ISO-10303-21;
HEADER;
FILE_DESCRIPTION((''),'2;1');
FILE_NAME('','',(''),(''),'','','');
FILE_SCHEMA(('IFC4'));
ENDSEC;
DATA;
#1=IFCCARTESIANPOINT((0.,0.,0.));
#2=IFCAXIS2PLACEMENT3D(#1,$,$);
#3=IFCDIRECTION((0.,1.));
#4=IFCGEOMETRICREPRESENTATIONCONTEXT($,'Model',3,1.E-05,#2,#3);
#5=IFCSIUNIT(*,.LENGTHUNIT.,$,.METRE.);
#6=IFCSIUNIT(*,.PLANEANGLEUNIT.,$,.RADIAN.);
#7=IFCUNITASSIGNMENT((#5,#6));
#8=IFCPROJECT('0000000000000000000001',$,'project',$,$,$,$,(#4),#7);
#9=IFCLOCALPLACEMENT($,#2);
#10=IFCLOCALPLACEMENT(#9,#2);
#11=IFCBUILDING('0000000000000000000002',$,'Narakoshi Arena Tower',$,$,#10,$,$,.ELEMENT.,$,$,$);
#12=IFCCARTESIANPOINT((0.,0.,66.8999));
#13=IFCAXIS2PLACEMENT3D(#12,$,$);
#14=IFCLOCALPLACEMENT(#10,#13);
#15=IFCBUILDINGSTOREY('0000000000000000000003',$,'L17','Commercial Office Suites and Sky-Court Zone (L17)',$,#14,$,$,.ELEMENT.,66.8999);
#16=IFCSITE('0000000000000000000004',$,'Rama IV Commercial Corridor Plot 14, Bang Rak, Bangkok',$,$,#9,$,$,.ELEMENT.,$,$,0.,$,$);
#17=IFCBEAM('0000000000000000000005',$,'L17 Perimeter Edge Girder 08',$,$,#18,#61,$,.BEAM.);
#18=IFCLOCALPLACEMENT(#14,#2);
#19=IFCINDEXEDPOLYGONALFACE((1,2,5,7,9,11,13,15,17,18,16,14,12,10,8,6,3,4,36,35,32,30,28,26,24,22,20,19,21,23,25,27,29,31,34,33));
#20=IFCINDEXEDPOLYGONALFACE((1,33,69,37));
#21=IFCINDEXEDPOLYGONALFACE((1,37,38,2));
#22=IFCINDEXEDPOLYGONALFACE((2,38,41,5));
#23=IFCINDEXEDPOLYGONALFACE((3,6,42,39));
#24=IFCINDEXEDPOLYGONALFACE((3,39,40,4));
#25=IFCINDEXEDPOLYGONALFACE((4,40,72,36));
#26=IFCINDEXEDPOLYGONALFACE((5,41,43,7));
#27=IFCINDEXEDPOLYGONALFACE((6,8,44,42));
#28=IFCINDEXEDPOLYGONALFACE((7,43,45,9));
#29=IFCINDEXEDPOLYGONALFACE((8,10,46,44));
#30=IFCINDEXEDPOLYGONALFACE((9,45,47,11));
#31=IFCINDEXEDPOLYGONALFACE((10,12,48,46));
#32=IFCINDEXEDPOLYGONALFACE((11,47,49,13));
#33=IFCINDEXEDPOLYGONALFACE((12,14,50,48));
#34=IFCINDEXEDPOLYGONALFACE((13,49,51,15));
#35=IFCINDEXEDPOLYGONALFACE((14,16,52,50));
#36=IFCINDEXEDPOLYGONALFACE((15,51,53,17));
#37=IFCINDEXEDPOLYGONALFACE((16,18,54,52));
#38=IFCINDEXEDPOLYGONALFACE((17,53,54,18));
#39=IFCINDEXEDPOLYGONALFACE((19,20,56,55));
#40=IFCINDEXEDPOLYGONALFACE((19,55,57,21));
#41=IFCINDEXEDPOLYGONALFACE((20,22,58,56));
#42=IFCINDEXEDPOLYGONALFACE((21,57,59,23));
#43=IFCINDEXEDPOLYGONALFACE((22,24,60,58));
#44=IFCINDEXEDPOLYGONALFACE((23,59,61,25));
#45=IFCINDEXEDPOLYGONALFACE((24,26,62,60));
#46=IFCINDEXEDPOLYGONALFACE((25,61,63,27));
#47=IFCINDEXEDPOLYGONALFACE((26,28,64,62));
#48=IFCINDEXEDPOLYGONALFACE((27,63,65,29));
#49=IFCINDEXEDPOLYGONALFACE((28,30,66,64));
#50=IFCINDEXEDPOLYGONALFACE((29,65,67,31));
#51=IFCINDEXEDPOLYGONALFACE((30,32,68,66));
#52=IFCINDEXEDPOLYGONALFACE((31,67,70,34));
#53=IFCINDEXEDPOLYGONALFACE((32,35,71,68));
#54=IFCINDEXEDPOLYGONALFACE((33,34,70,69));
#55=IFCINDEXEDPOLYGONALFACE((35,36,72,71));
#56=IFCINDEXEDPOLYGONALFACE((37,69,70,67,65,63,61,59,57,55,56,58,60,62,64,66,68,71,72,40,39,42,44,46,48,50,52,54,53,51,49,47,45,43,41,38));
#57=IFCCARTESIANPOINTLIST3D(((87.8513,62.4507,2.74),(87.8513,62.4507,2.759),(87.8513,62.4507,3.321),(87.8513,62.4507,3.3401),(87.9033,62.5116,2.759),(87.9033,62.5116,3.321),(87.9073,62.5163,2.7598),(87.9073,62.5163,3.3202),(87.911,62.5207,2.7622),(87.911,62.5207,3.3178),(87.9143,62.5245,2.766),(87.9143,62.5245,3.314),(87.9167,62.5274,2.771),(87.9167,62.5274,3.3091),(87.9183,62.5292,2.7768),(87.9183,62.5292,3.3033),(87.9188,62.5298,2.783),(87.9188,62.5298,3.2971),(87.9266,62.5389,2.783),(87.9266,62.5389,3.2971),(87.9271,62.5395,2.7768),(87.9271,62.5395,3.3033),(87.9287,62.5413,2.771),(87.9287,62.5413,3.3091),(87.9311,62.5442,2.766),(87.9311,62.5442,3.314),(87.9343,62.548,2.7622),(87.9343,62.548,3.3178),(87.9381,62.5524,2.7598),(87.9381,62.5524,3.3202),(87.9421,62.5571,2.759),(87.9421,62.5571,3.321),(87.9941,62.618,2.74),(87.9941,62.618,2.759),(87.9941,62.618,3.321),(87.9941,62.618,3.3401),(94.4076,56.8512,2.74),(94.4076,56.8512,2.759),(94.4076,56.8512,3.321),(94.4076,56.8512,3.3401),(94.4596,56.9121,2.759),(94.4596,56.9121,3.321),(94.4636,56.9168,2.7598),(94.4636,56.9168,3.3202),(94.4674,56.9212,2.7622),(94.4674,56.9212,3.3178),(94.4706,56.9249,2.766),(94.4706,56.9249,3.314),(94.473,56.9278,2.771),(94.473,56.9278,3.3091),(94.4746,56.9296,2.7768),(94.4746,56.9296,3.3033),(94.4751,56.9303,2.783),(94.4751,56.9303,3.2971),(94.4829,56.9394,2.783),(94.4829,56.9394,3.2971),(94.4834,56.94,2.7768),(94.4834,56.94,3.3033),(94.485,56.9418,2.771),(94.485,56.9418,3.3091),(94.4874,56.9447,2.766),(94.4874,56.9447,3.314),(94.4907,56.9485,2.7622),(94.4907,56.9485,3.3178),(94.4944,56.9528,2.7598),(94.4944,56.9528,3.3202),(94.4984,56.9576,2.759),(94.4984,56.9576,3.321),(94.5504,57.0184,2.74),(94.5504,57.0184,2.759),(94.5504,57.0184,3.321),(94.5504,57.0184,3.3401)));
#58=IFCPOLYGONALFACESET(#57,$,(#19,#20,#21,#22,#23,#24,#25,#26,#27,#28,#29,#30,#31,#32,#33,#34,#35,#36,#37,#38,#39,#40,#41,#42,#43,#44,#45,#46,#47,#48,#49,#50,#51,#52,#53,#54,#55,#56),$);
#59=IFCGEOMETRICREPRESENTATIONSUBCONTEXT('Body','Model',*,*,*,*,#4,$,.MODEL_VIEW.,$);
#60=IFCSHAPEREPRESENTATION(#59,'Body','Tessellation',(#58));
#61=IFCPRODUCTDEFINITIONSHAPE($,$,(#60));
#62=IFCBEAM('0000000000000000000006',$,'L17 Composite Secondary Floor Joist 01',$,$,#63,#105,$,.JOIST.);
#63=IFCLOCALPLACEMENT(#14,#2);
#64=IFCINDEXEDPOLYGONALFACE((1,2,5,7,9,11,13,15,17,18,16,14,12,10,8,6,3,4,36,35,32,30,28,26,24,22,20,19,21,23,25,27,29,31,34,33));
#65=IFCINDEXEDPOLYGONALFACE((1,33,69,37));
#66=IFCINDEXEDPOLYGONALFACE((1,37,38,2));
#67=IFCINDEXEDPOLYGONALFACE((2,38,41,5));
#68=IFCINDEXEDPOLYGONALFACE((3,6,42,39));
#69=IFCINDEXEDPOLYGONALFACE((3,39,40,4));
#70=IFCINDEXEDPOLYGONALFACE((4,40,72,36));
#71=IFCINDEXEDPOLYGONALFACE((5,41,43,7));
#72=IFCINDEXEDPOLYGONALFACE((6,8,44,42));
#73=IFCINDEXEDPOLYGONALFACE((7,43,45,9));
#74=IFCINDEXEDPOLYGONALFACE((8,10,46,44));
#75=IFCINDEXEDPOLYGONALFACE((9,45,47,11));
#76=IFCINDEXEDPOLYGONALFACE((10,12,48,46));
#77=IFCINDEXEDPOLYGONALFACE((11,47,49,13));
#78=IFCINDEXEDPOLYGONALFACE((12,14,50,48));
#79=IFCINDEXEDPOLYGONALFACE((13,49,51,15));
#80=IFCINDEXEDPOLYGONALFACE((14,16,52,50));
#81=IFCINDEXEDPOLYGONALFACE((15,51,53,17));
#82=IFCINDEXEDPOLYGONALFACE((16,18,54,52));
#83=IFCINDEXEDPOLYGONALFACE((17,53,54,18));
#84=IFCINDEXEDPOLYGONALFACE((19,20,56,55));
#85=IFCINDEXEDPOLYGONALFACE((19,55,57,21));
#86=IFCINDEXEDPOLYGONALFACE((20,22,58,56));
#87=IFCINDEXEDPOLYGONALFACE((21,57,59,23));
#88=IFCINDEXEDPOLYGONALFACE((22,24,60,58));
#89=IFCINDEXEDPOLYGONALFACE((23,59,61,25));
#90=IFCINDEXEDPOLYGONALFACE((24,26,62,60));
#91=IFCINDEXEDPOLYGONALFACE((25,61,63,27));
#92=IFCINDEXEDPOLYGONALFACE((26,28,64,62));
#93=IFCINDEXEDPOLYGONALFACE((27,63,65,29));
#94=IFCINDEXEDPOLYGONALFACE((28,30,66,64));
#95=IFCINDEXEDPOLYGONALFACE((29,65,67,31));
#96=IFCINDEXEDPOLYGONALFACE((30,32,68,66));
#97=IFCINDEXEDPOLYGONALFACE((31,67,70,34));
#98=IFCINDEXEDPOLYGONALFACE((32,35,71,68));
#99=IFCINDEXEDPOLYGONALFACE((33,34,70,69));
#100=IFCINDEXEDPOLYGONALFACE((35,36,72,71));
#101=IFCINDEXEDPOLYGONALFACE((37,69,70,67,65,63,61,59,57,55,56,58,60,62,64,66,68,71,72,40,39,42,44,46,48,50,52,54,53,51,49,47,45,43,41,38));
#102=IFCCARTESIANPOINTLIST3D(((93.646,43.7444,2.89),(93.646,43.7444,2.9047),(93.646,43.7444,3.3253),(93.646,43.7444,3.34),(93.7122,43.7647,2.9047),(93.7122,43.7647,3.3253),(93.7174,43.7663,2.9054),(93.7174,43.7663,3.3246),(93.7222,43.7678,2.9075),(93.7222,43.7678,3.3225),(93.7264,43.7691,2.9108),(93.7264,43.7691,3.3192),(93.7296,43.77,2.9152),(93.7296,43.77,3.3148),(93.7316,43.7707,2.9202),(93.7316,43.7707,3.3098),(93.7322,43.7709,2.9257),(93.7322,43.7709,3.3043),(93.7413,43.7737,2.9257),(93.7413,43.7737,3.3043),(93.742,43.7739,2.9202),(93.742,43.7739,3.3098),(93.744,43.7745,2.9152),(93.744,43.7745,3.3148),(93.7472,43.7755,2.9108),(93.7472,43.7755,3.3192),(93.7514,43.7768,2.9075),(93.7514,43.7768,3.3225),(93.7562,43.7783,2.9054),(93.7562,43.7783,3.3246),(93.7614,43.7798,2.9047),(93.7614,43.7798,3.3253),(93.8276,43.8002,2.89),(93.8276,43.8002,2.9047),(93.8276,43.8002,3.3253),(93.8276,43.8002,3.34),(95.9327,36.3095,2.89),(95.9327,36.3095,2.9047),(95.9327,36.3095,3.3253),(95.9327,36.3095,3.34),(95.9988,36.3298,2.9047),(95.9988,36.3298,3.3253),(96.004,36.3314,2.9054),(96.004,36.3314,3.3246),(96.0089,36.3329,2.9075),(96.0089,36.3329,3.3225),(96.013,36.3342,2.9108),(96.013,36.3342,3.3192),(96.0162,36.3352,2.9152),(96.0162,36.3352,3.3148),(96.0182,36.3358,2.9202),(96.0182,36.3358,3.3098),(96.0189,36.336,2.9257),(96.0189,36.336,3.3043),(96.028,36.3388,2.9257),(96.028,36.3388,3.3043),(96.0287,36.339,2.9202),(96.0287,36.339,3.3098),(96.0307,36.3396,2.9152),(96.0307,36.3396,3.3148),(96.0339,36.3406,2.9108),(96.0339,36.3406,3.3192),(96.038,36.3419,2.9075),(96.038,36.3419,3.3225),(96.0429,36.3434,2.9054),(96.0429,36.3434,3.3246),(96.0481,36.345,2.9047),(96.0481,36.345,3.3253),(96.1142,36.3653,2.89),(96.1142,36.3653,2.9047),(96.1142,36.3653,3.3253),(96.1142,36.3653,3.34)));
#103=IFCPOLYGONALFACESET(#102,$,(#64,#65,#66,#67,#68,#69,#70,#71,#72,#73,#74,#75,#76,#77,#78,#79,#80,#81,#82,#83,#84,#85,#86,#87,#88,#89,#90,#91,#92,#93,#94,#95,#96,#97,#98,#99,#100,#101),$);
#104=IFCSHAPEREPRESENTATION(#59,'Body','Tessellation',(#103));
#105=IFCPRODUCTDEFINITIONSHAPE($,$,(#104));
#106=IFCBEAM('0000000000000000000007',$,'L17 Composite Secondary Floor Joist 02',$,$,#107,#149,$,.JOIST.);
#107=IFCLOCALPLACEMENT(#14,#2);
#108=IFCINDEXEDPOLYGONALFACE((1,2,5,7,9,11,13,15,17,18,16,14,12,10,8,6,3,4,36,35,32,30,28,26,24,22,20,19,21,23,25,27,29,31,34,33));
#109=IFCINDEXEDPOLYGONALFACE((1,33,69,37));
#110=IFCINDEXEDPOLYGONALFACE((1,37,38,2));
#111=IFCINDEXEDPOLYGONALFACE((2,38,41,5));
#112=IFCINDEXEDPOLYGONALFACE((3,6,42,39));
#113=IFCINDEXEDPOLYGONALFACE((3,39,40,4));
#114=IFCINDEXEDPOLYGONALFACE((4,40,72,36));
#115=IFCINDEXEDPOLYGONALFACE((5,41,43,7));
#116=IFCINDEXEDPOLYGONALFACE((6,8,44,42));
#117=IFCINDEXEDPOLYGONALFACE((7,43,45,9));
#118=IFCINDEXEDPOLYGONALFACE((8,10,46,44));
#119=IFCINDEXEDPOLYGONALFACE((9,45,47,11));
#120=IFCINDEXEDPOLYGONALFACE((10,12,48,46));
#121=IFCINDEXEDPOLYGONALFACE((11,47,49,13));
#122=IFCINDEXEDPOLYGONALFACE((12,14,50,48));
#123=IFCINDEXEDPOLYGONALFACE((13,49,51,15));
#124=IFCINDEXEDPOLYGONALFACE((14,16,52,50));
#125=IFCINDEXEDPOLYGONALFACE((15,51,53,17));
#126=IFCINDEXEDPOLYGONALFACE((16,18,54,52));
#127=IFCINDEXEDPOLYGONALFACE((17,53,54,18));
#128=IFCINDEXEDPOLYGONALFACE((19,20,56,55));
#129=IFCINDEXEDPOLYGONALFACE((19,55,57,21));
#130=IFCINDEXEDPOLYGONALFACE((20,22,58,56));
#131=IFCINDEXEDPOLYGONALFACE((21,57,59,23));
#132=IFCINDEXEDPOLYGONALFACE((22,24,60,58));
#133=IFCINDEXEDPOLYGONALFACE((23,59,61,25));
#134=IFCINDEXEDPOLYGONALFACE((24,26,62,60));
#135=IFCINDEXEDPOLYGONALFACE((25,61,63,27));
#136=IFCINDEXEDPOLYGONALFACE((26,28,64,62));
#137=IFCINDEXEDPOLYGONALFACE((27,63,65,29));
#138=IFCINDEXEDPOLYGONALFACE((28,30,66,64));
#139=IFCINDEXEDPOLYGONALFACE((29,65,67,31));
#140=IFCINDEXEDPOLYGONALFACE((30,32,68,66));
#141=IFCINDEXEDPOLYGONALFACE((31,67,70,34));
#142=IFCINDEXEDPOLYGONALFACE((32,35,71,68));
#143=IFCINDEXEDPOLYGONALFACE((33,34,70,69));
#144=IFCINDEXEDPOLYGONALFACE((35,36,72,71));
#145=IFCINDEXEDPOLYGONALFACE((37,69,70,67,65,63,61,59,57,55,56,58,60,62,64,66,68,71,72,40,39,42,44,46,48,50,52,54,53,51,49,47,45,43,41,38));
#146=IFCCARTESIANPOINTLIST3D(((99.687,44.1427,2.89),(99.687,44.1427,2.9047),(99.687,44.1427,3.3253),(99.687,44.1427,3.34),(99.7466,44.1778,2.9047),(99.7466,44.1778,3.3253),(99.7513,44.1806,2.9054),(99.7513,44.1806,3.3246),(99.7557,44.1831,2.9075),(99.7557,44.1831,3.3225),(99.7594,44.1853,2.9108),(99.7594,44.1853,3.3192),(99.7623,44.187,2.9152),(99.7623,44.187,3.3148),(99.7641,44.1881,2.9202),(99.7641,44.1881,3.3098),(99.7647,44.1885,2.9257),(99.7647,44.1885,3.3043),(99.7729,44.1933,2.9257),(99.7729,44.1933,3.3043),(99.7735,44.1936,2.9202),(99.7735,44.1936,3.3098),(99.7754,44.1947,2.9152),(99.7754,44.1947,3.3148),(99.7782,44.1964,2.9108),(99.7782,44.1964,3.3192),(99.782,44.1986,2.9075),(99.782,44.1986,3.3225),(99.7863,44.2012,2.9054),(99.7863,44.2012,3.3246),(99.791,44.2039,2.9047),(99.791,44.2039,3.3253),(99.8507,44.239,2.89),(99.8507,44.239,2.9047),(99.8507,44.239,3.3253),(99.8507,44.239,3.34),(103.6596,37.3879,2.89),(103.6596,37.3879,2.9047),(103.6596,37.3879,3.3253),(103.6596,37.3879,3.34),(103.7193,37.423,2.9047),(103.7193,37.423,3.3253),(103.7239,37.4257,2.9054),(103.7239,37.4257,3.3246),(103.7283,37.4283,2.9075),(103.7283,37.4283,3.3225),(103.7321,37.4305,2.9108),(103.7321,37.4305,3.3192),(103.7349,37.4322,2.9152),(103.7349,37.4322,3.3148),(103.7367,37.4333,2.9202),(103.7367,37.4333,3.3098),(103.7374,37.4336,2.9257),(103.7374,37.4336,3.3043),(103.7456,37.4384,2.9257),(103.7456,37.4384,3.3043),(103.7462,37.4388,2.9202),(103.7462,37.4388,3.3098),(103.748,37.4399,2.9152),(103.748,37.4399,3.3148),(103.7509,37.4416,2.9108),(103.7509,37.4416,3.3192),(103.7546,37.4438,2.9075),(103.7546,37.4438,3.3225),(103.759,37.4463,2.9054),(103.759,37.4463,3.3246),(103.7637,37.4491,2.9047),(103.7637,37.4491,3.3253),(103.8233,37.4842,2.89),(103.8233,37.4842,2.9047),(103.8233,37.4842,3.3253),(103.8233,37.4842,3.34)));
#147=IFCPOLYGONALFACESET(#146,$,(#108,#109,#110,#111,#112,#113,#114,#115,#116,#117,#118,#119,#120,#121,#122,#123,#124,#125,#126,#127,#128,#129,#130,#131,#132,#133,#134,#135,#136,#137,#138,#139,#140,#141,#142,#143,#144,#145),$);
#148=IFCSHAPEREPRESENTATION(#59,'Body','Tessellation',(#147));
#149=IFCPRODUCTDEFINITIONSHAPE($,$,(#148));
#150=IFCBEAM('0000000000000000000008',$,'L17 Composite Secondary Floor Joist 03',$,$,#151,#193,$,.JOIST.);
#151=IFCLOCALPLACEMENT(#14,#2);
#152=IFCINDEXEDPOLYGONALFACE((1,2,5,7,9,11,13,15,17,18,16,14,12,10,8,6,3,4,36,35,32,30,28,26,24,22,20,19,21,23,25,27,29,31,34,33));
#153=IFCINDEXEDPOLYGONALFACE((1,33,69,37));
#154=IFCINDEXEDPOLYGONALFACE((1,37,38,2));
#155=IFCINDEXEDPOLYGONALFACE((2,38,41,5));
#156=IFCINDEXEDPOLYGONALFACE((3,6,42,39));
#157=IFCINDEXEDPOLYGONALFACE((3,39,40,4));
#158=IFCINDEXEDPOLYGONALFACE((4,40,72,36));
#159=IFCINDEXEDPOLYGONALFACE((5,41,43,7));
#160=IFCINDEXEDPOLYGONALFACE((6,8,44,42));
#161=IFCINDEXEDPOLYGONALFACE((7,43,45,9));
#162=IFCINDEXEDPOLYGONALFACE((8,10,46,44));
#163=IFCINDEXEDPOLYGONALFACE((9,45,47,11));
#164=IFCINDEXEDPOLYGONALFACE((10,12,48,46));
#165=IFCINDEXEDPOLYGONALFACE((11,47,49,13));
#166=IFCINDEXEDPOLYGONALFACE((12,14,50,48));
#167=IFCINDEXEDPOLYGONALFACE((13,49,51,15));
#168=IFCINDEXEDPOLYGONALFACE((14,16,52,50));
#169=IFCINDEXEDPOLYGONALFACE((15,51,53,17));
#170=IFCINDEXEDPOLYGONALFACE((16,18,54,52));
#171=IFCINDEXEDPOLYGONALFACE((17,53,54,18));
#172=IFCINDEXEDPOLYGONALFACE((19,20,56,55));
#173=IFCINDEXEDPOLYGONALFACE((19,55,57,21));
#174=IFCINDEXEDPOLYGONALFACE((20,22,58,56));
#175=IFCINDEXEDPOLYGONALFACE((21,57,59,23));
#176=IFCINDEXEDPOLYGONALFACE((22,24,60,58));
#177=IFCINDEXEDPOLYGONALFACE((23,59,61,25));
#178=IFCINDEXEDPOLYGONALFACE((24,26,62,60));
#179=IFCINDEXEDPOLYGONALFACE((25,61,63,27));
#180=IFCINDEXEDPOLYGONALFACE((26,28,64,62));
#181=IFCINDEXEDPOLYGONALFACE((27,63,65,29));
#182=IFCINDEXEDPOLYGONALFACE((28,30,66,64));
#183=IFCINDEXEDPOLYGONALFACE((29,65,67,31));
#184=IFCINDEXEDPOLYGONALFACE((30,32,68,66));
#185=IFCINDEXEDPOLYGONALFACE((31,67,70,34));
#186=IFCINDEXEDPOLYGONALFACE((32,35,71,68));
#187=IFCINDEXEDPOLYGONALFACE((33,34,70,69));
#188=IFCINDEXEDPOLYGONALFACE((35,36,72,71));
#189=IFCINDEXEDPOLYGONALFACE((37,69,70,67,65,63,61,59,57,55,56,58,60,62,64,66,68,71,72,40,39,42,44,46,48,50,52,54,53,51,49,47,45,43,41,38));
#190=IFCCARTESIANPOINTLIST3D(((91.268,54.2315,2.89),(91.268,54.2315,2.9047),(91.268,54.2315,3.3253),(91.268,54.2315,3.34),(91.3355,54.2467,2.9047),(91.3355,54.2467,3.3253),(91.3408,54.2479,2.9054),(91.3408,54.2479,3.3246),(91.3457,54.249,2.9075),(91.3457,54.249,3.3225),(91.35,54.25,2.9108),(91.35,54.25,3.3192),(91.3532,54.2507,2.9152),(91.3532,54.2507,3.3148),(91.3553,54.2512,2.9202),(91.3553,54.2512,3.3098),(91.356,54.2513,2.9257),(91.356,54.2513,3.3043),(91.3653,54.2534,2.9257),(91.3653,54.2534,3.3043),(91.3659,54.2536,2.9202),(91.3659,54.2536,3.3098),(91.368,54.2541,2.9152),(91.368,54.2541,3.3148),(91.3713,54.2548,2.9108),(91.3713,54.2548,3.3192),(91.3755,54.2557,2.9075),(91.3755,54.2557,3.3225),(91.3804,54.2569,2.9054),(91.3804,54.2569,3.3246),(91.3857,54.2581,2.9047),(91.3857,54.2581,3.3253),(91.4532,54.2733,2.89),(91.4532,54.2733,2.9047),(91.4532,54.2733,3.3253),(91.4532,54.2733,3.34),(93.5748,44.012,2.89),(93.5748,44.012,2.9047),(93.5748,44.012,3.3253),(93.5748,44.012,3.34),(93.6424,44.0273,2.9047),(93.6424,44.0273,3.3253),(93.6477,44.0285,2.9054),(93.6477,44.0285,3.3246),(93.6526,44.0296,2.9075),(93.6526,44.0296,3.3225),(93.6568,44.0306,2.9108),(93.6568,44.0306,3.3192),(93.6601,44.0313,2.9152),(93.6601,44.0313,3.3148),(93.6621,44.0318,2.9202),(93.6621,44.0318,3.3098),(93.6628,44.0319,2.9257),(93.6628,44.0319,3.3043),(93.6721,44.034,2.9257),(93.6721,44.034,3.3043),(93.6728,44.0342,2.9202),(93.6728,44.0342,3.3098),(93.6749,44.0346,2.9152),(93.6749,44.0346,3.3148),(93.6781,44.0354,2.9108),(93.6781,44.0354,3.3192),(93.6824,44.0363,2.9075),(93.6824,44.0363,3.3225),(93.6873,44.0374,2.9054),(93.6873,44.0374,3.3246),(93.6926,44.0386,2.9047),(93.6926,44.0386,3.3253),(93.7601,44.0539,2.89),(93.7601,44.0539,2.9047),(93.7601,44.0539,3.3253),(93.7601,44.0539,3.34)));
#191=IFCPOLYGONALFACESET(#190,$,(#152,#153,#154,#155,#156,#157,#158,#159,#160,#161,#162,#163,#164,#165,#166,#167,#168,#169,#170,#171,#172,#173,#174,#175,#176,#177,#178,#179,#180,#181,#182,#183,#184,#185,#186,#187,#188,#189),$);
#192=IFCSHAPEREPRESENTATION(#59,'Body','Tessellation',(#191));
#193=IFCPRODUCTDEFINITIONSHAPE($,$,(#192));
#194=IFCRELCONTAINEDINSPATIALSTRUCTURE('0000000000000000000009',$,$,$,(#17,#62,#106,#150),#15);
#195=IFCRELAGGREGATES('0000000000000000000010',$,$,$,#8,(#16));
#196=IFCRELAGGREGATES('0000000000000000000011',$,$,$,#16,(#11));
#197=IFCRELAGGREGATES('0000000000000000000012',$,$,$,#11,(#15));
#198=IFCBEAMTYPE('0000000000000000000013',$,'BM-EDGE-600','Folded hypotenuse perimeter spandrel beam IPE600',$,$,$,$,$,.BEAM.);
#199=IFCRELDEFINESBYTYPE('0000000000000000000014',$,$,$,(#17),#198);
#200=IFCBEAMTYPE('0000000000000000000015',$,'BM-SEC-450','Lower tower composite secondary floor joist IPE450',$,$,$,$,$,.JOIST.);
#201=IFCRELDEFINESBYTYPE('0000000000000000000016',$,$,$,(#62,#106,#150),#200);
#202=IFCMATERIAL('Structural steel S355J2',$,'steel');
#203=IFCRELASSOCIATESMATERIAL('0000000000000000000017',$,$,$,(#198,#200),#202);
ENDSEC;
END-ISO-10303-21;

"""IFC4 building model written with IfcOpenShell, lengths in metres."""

from ifc_helpers import new_model, si_unit, direction, frame, origin, origin_2d, place, context, subcontext, project, spatial, i_section, extrude, material, material_profile, profile_set, type_object, element, save


model = new_model("IFC4")

# Units and contexts
model_context = context("Model", 3, precision=1e-05, world=origin(), true_north=direction((0.0, 1.0)))
body_context = subcontext(model_context, "Body", "Model", "MODEL_VIEW")
ifc_project = project(units=[si_unit("LENGTHUNIT", "METRE"), si_unit("PLANEANGLEUNIT", "RADIAN")], contexts=[model_context])

# Site, building, storey
site_placement = place(None, origin())
site = spatial("IfcSite", under=ifc_project, at=site_placement, Name="Rama IV Commercial Corridor Plot 14, Bang Rak, Bangkok", CompositionType="ELEMENT", RefElevation=0.0)
building_placement = place(site_placement, origin())
building = spatial("IfcBuilding", under=site, at=building_placement, Name="Narakoshi Arena Tower", CompositionType="ELEMENT")
storey_placement = place(building_placement, frame((0.0, 0.0, 66.8999)))
storey = spatial("IfcBuildingStorey", under=building, at=storey_placement, Name="L17", Description="Commercial Office Suites and Sky-Court Zone (L17)", CompositionType="ELEMENT", Elevation=66.8999)

# Beams
ifc_material_1 = material(Name="Structural steel S355J2", Category="steel")
ifc_material_profile_1 = material_profile(ifc_material_1, i_section(OverallWidth=0.22, OverallDepth=0.6001, WebThickness=0.012, FlangeThickness=0.019, FilletRadius=0.0239, at=origin_2d()), Name="IPE600")
ifc_profile_set_1 = profile_set([ifc_material_profile_1], Name="Structural steel S355J2")
beam_type_1 = type_object("IfcBeamType", Name="BM-EDGE-600", Description="Folded hypotenuse perimeter spandrel beam IPE600", PredefinedType="BEAM", material=ifc_profile_set_1)
beam_1_placement = place(storey_placement, frame((94.479, 56.9348, 3.04), z_axis=(-0.760411, 0.649443, 0.0), x_axis=(-0.649443, -0.760411, 0.0)))
element("IfcBeam", 1, at=beam_1_placement, inside=storey, type_object=beam_type_1, Name="L17 Perimeter Edge Girder 08", PredefinedType="BEAM", context=body_context, shape_type="SweptSolid", body=[
    extrude(i_section(OverallWidth=0.22, OverallDepth=0.6001, WebThickness=0.012, FlangeThickness=0.019, FilletRadius=0.0239, at=origin_2d()), origin(), (0.0, 0.0, 1.0), 8.6221),
])
ifc_material_profile_2 = material_profile(ifc_material_1, i_section(OverallWidth=0.1899, OverallDepth=0.45, WebThickness=0.0095, FlangeThickness=0.0146, FilletRadius=0.021, at=origin_2d()), Name="IPE450")
ifc_profile_set_2 = profile_set([ifc_material_profile_2], Name="Structural steel S355J2")
beam_type_2 = type_object("IfcBeamType", Name="BM-SEC-450", Description="Lower tower composite secondary floor joist IPE450", PredefinedType="JOIST", material=ifc_profile_set_2)
beam_2_placement = place(storey_placement, frame((96.0234, 36.3374, 3.115), z_axis=(-0.293967, 0.955816, 0.0), x_axis=(-0.955816, -0.293967, 0.0)))
element("IfcBeam", 2, at=beam_2_placement, inside=storey, type_object=beam_type_2, Name="L17 Composite Secondary Floor Joist 01", PredefinedType="JOIST", context=body_context, shape_type="SweptSolid", body=[
    extrude(i_section(OverallWidth=0.1899, OverallDepth=0.45, WebThickness=0.0095, FlangeThickness=0.0146, FilletRadius=0.021, at=origin_2d()), origin(), (0.0, 0.0, 1.0), 7.7786),
])
beam_3_placement = place(storey_placement, frame((103.7415, 37.436, 3.115), z_axis=(-0.506944, 0.861979, 0.0), x_axis=(-0.861979, -0.506944, 0.0)))
element("IfcBeam", 3, at=beam_3_placement, inside=storey, type_object=beam_type_2, Name="L17 Composite Secondary Floor Joist 02", PredefinedType="JOIST", context=body_context, shape_type="SweptSolid", body=[
    extrude(i_section(OverallWidth=0.1899, OverallDepth=0.45, WebThickness=0.0095, FlangeThickness=0.0146, FilletRadius=0.021, at=origin_2d()), origin(), (0.0, 0.0, 1.0), 7.8364),
])
beam_4_placement = place(storey_placement, frame((93.6675, 44.033, 3.115), z_axis=(-0.220194, 0.975456, 0.0), x_axis=(-0.975456, -0.220194, 0.0)))
element("IfcBeam", 4, at=beam_4_placement, inside=storey, type_object=beam_type_2, Name="L17 Composite Secondary Floor Joist 03", PredefinedType="JOIST", context=body_context, shape_type="SweptSolid", body=[
    extrude(i_section(OverallWidth=0.1899, OverallDepth=0.45, WebThickness=0.0095, FlangeThickness=0.0146, FilletRadius=0.021, at=origin_2d()), origin(), (0.0, 0.0, 1.0), 10.4766),
])

save(model, "model.ifc")
